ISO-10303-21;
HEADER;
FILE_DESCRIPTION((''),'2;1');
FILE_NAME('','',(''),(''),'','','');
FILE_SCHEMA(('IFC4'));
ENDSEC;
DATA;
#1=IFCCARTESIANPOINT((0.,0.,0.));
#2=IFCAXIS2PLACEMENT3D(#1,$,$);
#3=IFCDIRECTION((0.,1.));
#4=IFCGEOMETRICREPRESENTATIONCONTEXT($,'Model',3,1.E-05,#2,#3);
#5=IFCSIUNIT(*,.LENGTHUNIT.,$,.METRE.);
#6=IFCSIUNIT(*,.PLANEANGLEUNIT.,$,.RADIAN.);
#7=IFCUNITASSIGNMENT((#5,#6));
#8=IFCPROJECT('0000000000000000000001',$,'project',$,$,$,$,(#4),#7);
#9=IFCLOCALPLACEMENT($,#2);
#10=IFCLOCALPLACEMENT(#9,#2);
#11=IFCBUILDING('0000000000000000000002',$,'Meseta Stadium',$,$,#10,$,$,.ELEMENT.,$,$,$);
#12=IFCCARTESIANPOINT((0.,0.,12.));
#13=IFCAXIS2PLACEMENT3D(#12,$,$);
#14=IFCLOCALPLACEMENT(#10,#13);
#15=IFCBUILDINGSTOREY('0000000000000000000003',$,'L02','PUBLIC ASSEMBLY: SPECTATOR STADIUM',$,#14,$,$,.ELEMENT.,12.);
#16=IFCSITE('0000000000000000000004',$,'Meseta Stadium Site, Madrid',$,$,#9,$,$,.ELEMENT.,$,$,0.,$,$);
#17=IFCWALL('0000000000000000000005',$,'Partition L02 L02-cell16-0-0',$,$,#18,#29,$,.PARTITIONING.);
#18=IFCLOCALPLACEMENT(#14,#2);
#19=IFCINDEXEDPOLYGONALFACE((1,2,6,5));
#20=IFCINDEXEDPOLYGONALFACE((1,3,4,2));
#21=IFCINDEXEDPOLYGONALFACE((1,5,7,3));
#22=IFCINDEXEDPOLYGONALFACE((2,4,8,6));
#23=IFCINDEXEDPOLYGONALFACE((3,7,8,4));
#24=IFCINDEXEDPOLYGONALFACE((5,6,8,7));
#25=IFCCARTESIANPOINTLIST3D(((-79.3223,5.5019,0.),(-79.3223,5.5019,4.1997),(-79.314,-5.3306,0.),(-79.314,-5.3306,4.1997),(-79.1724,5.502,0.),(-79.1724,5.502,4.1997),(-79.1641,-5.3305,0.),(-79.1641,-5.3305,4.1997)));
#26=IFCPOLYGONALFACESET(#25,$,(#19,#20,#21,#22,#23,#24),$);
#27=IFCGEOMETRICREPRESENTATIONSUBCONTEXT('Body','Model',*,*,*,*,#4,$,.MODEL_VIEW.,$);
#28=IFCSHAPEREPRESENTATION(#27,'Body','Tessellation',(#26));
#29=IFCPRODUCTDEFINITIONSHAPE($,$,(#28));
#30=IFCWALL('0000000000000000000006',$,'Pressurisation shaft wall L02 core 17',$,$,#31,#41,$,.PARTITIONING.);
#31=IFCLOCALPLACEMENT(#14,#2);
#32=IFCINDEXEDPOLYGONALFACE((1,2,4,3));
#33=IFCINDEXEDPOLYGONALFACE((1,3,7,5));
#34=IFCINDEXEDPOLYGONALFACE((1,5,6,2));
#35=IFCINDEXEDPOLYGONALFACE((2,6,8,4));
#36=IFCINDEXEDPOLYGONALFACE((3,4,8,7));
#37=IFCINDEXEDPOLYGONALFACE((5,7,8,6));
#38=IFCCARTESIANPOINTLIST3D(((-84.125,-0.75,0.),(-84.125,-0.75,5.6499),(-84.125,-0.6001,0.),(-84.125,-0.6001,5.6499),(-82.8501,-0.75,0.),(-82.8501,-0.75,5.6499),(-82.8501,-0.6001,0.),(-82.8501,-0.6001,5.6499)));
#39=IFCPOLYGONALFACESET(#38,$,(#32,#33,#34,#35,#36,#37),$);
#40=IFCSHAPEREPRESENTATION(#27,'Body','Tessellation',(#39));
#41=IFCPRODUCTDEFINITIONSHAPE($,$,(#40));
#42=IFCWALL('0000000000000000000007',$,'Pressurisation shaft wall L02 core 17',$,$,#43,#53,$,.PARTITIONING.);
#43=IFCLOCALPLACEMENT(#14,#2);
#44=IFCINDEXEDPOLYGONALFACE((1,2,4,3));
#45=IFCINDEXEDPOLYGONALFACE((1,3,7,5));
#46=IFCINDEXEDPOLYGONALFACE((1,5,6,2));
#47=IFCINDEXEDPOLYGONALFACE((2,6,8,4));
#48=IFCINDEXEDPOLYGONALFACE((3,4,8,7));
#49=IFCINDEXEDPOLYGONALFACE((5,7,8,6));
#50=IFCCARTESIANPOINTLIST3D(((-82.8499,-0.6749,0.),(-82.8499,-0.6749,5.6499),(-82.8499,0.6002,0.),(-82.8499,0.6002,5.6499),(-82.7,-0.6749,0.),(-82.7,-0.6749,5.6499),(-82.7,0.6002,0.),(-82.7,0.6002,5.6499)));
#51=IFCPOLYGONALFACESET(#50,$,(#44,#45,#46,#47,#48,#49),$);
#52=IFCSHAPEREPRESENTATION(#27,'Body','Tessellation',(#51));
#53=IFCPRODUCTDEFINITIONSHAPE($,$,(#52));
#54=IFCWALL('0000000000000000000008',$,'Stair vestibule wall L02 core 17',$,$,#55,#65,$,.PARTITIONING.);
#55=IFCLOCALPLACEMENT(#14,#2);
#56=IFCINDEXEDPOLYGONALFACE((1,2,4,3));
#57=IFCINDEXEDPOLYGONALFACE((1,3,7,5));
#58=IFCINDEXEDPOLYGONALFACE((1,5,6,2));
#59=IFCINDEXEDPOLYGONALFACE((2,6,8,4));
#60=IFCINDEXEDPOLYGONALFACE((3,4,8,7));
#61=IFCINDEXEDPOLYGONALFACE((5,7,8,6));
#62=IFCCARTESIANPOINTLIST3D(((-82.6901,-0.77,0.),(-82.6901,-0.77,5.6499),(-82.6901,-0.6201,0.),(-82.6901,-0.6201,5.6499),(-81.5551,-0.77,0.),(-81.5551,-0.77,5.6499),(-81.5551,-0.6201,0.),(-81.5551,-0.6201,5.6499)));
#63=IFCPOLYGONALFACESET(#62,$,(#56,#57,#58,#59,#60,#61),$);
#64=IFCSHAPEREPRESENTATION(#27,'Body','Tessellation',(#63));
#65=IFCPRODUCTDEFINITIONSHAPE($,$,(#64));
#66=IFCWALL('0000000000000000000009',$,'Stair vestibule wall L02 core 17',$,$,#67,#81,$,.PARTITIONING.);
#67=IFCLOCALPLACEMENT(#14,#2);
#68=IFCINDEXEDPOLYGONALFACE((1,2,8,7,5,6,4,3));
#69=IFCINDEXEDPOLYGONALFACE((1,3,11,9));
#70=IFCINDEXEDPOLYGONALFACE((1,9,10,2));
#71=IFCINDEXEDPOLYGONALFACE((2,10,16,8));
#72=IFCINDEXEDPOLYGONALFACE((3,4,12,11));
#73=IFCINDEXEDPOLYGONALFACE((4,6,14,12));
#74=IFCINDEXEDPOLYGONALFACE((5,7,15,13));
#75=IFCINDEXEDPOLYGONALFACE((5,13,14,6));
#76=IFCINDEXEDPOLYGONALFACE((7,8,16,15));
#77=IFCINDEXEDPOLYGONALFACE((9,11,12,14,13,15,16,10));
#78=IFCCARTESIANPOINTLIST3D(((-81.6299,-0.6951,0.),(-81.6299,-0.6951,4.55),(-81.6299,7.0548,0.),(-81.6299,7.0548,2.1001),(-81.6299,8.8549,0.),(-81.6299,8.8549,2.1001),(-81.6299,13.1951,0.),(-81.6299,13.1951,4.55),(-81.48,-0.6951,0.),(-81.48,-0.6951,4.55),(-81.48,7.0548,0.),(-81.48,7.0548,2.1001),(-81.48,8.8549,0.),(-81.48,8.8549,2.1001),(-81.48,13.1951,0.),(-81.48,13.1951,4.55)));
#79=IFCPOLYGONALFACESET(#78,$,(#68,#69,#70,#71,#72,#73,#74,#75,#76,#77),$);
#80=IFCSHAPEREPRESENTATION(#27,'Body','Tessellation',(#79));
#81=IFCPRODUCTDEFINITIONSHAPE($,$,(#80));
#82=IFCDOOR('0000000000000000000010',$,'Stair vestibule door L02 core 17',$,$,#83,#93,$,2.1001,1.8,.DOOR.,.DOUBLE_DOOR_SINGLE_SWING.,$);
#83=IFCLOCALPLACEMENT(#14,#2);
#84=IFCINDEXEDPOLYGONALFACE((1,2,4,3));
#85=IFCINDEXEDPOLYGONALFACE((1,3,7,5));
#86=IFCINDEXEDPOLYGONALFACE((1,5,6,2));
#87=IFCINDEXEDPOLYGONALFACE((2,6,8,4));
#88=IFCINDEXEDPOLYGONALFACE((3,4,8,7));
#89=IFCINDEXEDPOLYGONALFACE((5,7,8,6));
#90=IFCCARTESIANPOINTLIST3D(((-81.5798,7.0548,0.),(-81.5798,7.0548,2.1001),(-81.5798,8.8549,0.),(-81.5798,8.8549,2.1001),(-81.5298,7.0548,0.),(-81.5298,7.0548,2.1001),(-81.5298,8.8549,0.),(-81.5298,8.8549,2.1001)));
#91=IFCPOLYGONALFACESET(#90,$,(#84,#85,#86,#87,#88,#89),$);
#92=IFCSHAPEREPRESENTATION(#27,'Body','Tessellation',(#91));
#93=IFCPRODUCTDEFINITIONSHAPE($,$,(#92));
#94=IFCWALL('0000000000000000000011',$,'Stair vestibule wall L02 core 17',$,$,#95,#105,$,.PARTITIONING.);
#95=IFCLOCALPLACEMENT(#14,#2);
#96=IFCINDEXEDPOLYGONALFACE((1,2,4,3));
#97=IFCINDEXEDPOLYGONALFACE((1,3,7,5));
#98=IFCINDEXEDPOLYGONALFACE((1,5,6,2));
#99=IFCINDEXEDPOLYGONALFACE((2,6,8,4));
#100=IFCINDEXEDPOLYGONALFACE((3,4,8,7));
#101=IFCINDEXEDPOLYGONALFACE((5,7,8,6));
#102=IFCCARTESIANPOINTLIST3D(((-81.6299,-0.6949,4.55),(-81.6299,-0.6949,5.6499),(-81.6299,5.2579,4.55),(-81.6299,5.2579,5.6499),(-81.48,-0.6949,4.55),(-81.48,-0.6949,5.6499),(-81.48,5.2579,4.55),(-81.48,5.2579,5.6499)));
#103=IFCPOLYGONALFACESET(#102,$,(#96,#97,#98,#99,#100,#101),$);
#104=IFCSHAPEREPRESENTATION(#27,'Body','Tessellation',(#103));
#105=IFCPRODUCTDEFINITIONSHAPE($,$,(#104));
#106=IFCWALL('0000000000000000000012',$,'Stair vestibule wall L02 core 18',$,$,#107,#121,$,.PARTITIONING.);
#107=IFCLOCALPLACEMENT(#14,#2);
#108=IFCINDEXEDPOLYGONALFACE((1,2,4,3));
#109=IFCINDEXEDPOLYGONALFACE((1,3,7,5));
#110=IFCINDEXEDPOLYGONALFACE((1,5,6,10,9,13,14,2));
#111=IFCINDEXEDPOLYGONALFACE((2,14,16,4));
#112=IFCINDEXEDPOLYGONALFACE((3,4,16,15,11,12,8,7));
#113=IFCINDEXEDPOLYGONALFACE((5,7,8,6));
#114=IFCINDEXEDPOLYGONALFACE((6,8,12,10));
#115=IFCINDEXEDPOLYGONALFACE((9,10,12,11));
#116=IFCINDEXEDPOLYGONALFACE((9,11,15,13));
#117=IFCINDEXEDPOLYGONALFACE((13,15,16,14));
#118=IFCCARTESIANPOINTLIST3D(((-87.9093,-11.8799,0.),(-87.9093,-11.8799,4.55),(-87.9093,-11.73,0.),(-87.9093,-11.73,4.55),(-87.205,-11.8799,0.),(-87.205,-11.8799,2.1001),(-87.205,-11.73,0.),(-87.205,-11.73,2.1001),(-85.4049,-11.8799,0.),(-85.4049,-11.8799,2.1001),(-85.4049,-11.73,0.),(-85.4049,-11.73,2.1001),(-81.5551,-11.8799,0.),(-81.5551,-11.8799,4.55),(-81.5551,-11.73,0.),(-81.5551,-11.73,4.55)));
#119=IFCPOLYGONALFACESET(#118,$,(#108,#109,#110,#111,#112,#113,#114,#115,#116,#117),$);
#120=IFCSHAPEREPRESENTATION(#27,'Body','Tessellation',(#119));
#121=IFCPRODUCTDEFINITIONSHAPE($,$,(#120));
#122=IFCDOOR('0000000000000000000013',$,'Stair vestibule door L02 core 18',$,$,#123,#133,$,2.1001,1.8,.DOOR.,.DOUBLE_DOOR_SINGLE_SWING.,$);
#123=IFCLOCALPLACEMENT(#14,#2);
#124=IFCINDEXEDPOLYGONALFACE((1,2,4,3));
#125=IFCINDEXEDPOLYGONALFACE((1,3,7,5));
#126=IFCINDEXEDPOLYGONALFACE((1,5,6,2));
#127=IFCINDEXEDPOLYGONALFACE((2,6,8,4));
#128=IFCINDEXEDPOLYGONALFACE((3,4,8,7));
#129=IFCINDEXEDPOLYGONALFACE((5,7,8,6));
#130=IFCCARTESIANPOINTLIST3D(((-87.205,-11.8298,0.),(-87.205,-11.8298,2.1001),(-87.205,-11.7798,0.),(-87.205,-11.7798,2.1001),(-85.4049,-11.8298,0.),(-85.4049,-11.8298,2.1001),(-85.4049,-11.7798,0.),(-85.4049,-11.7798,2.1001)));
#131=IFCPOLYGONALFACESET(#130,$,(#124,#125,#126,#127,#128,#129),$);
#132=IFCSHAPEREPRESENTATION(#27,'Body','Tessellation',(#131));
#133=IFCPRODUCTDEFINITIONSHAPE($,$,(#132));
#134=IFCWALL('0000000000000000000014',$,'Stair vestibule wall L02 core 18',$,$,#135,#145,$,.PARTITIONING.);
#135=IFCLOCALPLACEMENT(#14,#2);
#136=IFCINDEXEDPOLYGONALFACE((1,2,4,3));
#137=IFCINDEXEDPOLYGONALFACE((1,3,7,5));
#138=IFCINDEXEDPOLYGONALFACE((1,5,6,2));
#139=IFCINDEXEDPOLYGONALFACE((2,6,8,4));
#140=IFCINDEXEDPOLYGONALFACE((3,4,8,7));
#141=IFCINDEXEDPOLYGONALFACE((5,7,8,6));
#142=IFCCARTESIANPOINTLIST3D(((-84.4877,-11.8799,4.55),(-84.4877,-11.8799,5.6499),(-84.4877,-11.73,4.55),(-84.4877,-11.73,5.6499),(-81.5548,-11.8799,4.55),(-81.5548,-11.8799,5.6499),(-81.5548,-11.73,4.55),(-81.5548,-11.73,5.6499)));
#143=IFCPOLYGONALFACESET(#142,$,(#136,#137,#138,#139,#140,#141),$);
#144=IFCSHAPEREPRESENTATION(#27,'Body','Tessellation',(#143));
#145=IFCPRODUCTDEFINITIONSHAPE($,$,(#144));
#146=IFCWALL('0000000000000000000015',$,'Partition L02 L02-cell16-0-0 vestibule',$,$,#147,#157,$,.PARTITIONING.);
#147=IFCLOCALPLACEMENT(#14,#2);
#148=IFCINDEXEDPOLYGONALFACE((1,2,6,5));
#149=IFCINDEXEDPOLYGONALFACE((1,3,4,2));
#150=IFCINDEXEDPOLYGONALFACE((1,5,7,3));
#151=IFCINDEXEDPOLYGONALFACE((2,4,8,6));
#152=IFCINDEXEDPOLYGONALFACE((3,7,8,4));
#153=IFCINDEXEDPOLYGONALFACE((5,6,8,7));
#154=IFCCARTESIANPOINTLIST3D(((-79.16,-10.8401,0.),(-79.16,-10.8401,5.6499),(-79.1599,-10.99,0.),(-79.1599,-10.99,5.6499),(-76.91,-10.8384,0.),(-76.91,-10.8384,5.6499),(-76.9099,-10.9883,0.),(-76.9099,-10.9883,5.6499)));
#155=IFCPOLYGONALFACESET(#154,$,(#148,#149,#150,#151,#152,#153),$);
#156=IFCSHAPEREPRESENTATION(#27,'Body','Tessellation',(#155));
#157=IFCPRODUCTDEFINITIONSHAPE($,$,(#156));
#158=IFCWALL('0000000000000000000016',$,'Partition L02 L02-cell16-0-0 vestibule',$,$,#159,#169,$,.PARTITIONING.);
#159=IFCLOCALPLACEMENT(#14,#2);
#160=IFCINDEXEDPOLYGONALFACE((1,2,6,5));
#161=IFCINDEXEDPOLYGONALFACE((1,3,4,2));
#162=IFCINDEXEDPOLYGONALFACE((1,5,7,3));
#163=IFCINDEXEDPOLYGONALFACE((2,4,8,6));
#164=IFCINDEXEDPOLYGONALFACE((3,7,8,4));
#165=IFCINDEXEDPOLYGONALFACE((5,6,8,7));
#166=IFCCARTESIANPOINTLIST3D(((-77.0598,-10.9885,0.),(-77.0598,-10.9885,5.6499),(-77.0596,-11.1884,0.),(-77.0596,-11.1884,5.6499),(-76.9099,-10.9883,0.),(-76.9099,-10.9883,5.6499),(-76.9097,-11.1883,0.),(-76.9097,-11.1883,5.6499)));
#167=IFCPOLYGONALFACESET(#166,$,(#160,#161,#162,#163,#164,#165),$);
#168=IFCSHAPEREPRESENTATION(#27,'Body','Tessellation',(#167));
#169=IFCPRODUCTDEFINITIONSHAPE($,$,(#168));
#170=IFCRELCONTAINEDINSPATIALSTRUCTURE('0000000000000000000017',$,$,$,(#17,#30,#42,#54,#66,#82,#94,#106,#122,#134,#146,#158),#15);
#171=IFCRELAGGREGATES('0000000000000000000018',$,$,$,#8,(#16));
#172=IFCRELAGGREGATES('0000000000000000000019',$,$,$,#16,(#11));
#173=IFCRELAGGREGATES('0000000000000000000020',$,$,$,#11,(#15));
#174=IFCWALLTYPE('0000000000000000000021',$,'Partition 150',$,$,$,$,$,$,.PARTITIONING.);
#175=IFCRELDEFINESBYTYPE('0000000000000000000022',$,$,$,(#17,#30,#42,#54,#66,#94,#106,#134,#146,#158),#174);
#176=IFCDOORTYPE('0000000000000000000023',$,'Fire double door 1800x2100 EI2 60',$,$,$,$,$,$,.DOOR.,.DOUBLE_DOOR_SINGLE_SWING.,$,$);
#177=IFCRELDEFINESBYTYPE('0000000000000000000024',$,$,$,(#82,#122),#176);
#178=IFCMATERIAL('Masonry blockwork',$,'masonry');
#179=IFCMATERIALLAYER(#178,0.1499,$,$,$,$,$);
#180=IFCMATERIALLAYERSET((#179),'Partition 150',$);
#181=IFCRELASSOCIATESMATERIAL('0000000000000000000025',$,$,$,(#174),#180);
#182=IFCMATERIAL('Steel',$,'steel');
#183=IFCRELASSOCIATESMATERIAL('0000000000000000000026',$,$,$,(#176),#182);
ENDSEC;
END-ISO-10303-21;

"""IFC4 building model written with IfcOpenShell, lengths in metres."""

from ifc_helpers import new_model, si_unit, direction, frame, frame_2d, origin, place, context, subcontext, project, spatial, rectangle, extrude, material, layer, layer_set, type_object, element, fill, save


model = new_model("IFC4")

# Units and contexts
model_context = context("Model", 3, precision=1e-05, world=origin(), true_north=direction((0.0, 1.0)))
body_context = subcontext(model_context, "Body", "Model", "MODEL_VIEW")
ifc_project = project(units=[si_unit("LENGTHUNIT", "METRE"), si_unit("PLANEANGLEUNIT", "RADIAN")], contexts=[model_context])

# Site, building, storey
site_placement = place(None, origin())
site = spatial("IfcSite", under=ifc_project, at=site_placement, Name="Meseta Stadium Site, Madrid", CompositionType="ELEMENT", RefElevation=0.0)
building_placement = place(site_placement, origin())
building = spatial("IfcBuilding", under=site, at=building_placement, Name="Meseta Stadium", CompositionType="ELEMENT")
storey_placement = place(building_placement, frame((0.0, 0.0, 12.0)))
storey = spatial("IfcBuildingStorey", under=building, at=storey_placement, Name="L02", Description="PUBLIC ASSEMBLY: SPECTATOR STADIUM", CompositionType="ELEMENT", Elevation=12.0)

# Walls
ifc_material_1 = material(Name="Masonry blockwork", Category="masonry")
ifc_layer_1 = layer(ifc_material_1, 0.1499)
ifc_layer_set_1 = layer_set([ifc_layer_1], Name="Partition 150")
wall_type = type_object("IfcWallType", Name="Partition 150", PredefinedType="PARTITIONING", material=ifc_layer_set_1)
wall_1_placement = place(storey_placement, frame((-79.239, -5.3306, 0.0), z_axis=(0.0, 0.0, 1.0), x_axis=(-0.000766, 1.0, 0.0)))
element("IfcWall", 1, at=wall_1_placement, inside=storey, type_object=wall_type, Name="Partition L02 L02-cell16-0-0", PredefinedType="PARTITIONING", context=body_context, shape_type="SweptSolid", body=[
    extrude(rectangle(XDim=10.8325, YDim=0.1499, at=frame_2d((5.4163, 0.0))), origin(), (0.0, 0.0, 1.0), 4.1997),
])
wall_2_placement = place(storey_placement, frame((-84.125, -0.675, 0.0), z_axis=(0.0, 0.0, 1.0), x_axis=(1.0, 0.0, 0.0)))
element("IfcWall", 2, at=wall_2_placement, inside=storey, type_object=wall_type, Name="Pressurisation shaft wall L02 core 17", PredefinedType="PARTITIONING", context=body_context, shape_type="SweptSolid", body=[
    extrude(rectangle(XDim=1.2749, YDim=0.1499, at=frame_2d((0.6375, 0.0))), origin(), (0.0, 0.0, 1.0), 5.6499),
])
wall_3_placement = place(storey_placement, frame((-82.7749, -0.675, 0.0), z_axis=(0.0, 0.0, 1.0), x_axis=(0.0, 1.0, 0.0)))
element("IfcWall", 3, at=wall_3_placement, inside=storey, type_object=wall_type, Name="Pressurisation shaft wall L02 core 17", PredefinedType="PARTITIONING", context=body_context, shape_type="SweptSolid", body=[
    extrude(rectangle(XDim=1.2751, YDim=0.1499, at=frame_2d((0.6377, 0.0))), origin(), (0.0, 0.0, 1.0), 5.6499),
])
wall_4_placement = place(storey_placement, frame((-82.6899, -0.6951, 0.0), z_axis=(0.0, 0.0, 1.0), x_axis=(1.0, 0.0, 0.0)))
element("IfcWall", 4, at=wall_4_placement, inside=storey, type_object=wall_type, Name="Stair vestibule wall L02 core 17", PredefinedType="PARTITIONING", context=body_context, shape_type="SweptSolid", body=[
    extrude(rectangle(XDim=1.135, YDim=0.1499, at=frame_2d((0.5674, 0.0))), origin(), (0.0, 0.0, 1.0), 5.6499),
])

# Wall, opening, door
wall_5_placement = place(storey_placement, frame((-81.5549, -0.6951, 0.0), z_axis=(0.0, 0.0, 1.0), x_axis=(0.0, 1.0, 0.0)))
wall_5 = element("IfcWall", 5, at=wall_5_placement, inside=storey, type_object=wall_type, Name="Stair vestibule wall L02 core 17", PredefinedType="PARTITIONING", context=body_context, shape_type="SweptSolid", body=[
    extrude(rectangle(XDim=13.8901, YDim=0.1499, at=frame_2d((6.9451, 0.0))), origin(), (0.0, 0.0, 1.0), 4.55),
])
opening_1_placement = place(wall_5_placement, frame((7.75, 0.0, 0.0)))
opening_1 = element("IfcOpeningElement", 6, at=opening_1_placement, cuts=wall_5, PredefinedType="OPENING", context=body_context, shape_type="SweptSolid", body=[
    extrude(rectangle(XDim=1.8, YDim=2.1001, at=frame_2d((0.8999, 1.05))), frame((0.0, 0.085, 0.0), z_axis=(0.0, -1.0, 0.0), x_axis=(1.0, 0.0, 0.0)), (0.0, 0.0, 1.0), 0.1699),
])
ifc_material_2 = material(Name="Steel", Category="steel")
door_type = type_object("IfcDoorType", Name="Fire double door 1800x2100 EI2 60", OperationType="DOUBLE_DOOR_SINGLE_SWING", PredefinedType="DOOR", material=ifc_material_2)
door_1_placement = place(opening_1_placement, origin())
door_1 = element("IfcDoor", 7, at=door_1_placement, inside=storey, type_object=door_type, Name="Stair vestibule door L02 core 17", OperationType="DOUBLE_DOOR_SINGLE_SWING", OverallHeight=2.1001, OverallWidth=1.8, PredefinedType="DOOR", context=body_context, shape_type="SweptSolid", body=[
    extrude(rectangle(XDim=1.8, YDim=2.1001, at=frame_2d((0.8999, 1.05))), frame((0.0, 0.0249, 0.0), z_axis=(0.0, -1.0, 0.0), x_axis=(1.0, 0.0, 0.0)), (0.0, 0.0, 1.0), 0.05),
])
fill(opening_1, door_1)

# Wall
wall_6_placement = place(storey_placement, frame((-81.5549, -0.6951, 4.55), z_axis=(0.0, 0.0, 1.0), x_axis=(0.0, 1.0, 0.0)))
element("IfcWall", 8, at=wall_6_placement, inside=storey, type_object=wall_type, Name="Stair vestibule wall L02 core 17", PredefinedType="PARTITIONING", context=body_context, shape_type="SweptSolid", body=[
    extrude(rectangle(XDim=5.9529, YDim=0.1499, at=frame_2d((2.9766, 0.0))), origin(), (0.0, 0.0, 1.0), 1.0999),
])

# Wall, opening, door
wall_7_placement = place(storey_placement, frame((-81.5549, -11.8049, 0.0), z_axis=(0.0, 0.0, 1.0), x_axis=(-1.0, 0.0, 0.0)))
wall_7 = element("IfcWall", 9, at=wall_7_placement, inside=storey, type_object=wall_type, Name="Stair vestibule wall L02 core 18", PredefinedType="PARTITIONING", context=body_context, shape_type="SweptSolid", body=[
    extrude(rectangle(XDim=6.3542, YDim=0.1499, at=frame_2d((3.1772, 0.0))), origin(), (0.0, 0.0, 1.0), 4.55),
])
opening_2_placement = place(wall_7_placement, frame((3.8501, 0.0, 0.0)))
opening_2 = element("IfcOpeningElement", 10, at=opening_2_placement, cuts=wall_7, PredefinedType="OPENING", context=body_context, shape_type="SweptSolid", body=[
    extrude(rectangle(XDim=1.8, YDim=2.1001, at=frame_2d((0.8999, 1.05))), frame((0.0, 0.085, 0.0), z_axis=(0.0, -1.0, 0.0), x_axis=(1.0, 0.0, 0.0)), (0.0, 0.0, 1.0), 0.1699),
])
door_2_placement = place(opening_2_placement, origin())
door_2 = element("IfcDoor", 11, at=door_2_placement, inside=storey, type_object=door_type, Name="Stair vestibule door L02 core 18", OperationType="DOUBLE_DOOR_SINGLE_SWING", OverallHeight=2.1001, OverallWidth=1.8, PredefinedType="DOOR", context=body_context, shape_type="SweptSolid", body=[
    extrude(rectangle(XDim=1.8, YDim=2.1001, at=frame_2d((0.8999, 1.05))), frame((0.0, 0.0249, 0.0), z_axis=(0.0, -1.0, 0.0), x_axis=(1.0, 0.0, 0.0)), (0.0, 0.0, 1.0), 0.05),
])
fill(opening_2, door_2)

# Walls
wall_8_placement = place(storey_placement, frame((-81.5549, -11.8049, 4.55), z_axis=(0.0, 0.0, 1.0), x_axis=(-1.0, 0.0, 0.0)))
element("IfcWall", 12, at=wall_8_placement, inside=storey, type_object=wall_type, Name="Stair vestibule wall L02 core 18", PredefinedType="PARTITIONING", context=body_context, shape_type="SweptSolid", body=[
    extrude(rectangle(XDim=2.9329, YDim=0.1499, at=frame_2d((1.4663, 0.0))), origin(), (0.0, 0.0, 1.0), 1.0999),
])
wall_9_placement = place(storey_placement, frame((-79.1599, -10.915, 0.0), z_axis=(0.0, 0.0, 1.0), x_axis=(1.0, 0.00076, 0.0)))
element("IfcWall", 13, at=wall_9_placement, inside=storey, type_object=wall_type, Name="Partition L02 L02-cell16-0-0 vestibule", PredefinedType="PARTITIONING", context=body_context, shape_type="SweptSolid", body=[
    extrude(rectangle(XDim=2.25, YDim=0.1499, at=frame_2d((1.125, 0.0))), origin(), (0.0, 0.0, 1.0), 5.6499),
])
wall_10_placement = place(storey_placement, frame((-76.9846, -11.1885, 0.0), z_axis=(0.0, 0.0, 1.0), x_axis=(-0.001221, 0.999999, 0.0)))
element("IfcWall", 14, at=wall_10_placement, inside=storey, type_object=wall_type, Name="Partition L02 L02-cell16-0-0 vestibule", PredefinedType="PARTITIONING", context=body_context, shape_type="SweptSolid", body=[
    extrude(rectangle(XDim=0.2, YDim=0.1499, at=frame_2d((0.1001, 0.0))), origin(), (0.0, 0.0, 1.0), 5.6499),
])

save(model, "model.ifc")
